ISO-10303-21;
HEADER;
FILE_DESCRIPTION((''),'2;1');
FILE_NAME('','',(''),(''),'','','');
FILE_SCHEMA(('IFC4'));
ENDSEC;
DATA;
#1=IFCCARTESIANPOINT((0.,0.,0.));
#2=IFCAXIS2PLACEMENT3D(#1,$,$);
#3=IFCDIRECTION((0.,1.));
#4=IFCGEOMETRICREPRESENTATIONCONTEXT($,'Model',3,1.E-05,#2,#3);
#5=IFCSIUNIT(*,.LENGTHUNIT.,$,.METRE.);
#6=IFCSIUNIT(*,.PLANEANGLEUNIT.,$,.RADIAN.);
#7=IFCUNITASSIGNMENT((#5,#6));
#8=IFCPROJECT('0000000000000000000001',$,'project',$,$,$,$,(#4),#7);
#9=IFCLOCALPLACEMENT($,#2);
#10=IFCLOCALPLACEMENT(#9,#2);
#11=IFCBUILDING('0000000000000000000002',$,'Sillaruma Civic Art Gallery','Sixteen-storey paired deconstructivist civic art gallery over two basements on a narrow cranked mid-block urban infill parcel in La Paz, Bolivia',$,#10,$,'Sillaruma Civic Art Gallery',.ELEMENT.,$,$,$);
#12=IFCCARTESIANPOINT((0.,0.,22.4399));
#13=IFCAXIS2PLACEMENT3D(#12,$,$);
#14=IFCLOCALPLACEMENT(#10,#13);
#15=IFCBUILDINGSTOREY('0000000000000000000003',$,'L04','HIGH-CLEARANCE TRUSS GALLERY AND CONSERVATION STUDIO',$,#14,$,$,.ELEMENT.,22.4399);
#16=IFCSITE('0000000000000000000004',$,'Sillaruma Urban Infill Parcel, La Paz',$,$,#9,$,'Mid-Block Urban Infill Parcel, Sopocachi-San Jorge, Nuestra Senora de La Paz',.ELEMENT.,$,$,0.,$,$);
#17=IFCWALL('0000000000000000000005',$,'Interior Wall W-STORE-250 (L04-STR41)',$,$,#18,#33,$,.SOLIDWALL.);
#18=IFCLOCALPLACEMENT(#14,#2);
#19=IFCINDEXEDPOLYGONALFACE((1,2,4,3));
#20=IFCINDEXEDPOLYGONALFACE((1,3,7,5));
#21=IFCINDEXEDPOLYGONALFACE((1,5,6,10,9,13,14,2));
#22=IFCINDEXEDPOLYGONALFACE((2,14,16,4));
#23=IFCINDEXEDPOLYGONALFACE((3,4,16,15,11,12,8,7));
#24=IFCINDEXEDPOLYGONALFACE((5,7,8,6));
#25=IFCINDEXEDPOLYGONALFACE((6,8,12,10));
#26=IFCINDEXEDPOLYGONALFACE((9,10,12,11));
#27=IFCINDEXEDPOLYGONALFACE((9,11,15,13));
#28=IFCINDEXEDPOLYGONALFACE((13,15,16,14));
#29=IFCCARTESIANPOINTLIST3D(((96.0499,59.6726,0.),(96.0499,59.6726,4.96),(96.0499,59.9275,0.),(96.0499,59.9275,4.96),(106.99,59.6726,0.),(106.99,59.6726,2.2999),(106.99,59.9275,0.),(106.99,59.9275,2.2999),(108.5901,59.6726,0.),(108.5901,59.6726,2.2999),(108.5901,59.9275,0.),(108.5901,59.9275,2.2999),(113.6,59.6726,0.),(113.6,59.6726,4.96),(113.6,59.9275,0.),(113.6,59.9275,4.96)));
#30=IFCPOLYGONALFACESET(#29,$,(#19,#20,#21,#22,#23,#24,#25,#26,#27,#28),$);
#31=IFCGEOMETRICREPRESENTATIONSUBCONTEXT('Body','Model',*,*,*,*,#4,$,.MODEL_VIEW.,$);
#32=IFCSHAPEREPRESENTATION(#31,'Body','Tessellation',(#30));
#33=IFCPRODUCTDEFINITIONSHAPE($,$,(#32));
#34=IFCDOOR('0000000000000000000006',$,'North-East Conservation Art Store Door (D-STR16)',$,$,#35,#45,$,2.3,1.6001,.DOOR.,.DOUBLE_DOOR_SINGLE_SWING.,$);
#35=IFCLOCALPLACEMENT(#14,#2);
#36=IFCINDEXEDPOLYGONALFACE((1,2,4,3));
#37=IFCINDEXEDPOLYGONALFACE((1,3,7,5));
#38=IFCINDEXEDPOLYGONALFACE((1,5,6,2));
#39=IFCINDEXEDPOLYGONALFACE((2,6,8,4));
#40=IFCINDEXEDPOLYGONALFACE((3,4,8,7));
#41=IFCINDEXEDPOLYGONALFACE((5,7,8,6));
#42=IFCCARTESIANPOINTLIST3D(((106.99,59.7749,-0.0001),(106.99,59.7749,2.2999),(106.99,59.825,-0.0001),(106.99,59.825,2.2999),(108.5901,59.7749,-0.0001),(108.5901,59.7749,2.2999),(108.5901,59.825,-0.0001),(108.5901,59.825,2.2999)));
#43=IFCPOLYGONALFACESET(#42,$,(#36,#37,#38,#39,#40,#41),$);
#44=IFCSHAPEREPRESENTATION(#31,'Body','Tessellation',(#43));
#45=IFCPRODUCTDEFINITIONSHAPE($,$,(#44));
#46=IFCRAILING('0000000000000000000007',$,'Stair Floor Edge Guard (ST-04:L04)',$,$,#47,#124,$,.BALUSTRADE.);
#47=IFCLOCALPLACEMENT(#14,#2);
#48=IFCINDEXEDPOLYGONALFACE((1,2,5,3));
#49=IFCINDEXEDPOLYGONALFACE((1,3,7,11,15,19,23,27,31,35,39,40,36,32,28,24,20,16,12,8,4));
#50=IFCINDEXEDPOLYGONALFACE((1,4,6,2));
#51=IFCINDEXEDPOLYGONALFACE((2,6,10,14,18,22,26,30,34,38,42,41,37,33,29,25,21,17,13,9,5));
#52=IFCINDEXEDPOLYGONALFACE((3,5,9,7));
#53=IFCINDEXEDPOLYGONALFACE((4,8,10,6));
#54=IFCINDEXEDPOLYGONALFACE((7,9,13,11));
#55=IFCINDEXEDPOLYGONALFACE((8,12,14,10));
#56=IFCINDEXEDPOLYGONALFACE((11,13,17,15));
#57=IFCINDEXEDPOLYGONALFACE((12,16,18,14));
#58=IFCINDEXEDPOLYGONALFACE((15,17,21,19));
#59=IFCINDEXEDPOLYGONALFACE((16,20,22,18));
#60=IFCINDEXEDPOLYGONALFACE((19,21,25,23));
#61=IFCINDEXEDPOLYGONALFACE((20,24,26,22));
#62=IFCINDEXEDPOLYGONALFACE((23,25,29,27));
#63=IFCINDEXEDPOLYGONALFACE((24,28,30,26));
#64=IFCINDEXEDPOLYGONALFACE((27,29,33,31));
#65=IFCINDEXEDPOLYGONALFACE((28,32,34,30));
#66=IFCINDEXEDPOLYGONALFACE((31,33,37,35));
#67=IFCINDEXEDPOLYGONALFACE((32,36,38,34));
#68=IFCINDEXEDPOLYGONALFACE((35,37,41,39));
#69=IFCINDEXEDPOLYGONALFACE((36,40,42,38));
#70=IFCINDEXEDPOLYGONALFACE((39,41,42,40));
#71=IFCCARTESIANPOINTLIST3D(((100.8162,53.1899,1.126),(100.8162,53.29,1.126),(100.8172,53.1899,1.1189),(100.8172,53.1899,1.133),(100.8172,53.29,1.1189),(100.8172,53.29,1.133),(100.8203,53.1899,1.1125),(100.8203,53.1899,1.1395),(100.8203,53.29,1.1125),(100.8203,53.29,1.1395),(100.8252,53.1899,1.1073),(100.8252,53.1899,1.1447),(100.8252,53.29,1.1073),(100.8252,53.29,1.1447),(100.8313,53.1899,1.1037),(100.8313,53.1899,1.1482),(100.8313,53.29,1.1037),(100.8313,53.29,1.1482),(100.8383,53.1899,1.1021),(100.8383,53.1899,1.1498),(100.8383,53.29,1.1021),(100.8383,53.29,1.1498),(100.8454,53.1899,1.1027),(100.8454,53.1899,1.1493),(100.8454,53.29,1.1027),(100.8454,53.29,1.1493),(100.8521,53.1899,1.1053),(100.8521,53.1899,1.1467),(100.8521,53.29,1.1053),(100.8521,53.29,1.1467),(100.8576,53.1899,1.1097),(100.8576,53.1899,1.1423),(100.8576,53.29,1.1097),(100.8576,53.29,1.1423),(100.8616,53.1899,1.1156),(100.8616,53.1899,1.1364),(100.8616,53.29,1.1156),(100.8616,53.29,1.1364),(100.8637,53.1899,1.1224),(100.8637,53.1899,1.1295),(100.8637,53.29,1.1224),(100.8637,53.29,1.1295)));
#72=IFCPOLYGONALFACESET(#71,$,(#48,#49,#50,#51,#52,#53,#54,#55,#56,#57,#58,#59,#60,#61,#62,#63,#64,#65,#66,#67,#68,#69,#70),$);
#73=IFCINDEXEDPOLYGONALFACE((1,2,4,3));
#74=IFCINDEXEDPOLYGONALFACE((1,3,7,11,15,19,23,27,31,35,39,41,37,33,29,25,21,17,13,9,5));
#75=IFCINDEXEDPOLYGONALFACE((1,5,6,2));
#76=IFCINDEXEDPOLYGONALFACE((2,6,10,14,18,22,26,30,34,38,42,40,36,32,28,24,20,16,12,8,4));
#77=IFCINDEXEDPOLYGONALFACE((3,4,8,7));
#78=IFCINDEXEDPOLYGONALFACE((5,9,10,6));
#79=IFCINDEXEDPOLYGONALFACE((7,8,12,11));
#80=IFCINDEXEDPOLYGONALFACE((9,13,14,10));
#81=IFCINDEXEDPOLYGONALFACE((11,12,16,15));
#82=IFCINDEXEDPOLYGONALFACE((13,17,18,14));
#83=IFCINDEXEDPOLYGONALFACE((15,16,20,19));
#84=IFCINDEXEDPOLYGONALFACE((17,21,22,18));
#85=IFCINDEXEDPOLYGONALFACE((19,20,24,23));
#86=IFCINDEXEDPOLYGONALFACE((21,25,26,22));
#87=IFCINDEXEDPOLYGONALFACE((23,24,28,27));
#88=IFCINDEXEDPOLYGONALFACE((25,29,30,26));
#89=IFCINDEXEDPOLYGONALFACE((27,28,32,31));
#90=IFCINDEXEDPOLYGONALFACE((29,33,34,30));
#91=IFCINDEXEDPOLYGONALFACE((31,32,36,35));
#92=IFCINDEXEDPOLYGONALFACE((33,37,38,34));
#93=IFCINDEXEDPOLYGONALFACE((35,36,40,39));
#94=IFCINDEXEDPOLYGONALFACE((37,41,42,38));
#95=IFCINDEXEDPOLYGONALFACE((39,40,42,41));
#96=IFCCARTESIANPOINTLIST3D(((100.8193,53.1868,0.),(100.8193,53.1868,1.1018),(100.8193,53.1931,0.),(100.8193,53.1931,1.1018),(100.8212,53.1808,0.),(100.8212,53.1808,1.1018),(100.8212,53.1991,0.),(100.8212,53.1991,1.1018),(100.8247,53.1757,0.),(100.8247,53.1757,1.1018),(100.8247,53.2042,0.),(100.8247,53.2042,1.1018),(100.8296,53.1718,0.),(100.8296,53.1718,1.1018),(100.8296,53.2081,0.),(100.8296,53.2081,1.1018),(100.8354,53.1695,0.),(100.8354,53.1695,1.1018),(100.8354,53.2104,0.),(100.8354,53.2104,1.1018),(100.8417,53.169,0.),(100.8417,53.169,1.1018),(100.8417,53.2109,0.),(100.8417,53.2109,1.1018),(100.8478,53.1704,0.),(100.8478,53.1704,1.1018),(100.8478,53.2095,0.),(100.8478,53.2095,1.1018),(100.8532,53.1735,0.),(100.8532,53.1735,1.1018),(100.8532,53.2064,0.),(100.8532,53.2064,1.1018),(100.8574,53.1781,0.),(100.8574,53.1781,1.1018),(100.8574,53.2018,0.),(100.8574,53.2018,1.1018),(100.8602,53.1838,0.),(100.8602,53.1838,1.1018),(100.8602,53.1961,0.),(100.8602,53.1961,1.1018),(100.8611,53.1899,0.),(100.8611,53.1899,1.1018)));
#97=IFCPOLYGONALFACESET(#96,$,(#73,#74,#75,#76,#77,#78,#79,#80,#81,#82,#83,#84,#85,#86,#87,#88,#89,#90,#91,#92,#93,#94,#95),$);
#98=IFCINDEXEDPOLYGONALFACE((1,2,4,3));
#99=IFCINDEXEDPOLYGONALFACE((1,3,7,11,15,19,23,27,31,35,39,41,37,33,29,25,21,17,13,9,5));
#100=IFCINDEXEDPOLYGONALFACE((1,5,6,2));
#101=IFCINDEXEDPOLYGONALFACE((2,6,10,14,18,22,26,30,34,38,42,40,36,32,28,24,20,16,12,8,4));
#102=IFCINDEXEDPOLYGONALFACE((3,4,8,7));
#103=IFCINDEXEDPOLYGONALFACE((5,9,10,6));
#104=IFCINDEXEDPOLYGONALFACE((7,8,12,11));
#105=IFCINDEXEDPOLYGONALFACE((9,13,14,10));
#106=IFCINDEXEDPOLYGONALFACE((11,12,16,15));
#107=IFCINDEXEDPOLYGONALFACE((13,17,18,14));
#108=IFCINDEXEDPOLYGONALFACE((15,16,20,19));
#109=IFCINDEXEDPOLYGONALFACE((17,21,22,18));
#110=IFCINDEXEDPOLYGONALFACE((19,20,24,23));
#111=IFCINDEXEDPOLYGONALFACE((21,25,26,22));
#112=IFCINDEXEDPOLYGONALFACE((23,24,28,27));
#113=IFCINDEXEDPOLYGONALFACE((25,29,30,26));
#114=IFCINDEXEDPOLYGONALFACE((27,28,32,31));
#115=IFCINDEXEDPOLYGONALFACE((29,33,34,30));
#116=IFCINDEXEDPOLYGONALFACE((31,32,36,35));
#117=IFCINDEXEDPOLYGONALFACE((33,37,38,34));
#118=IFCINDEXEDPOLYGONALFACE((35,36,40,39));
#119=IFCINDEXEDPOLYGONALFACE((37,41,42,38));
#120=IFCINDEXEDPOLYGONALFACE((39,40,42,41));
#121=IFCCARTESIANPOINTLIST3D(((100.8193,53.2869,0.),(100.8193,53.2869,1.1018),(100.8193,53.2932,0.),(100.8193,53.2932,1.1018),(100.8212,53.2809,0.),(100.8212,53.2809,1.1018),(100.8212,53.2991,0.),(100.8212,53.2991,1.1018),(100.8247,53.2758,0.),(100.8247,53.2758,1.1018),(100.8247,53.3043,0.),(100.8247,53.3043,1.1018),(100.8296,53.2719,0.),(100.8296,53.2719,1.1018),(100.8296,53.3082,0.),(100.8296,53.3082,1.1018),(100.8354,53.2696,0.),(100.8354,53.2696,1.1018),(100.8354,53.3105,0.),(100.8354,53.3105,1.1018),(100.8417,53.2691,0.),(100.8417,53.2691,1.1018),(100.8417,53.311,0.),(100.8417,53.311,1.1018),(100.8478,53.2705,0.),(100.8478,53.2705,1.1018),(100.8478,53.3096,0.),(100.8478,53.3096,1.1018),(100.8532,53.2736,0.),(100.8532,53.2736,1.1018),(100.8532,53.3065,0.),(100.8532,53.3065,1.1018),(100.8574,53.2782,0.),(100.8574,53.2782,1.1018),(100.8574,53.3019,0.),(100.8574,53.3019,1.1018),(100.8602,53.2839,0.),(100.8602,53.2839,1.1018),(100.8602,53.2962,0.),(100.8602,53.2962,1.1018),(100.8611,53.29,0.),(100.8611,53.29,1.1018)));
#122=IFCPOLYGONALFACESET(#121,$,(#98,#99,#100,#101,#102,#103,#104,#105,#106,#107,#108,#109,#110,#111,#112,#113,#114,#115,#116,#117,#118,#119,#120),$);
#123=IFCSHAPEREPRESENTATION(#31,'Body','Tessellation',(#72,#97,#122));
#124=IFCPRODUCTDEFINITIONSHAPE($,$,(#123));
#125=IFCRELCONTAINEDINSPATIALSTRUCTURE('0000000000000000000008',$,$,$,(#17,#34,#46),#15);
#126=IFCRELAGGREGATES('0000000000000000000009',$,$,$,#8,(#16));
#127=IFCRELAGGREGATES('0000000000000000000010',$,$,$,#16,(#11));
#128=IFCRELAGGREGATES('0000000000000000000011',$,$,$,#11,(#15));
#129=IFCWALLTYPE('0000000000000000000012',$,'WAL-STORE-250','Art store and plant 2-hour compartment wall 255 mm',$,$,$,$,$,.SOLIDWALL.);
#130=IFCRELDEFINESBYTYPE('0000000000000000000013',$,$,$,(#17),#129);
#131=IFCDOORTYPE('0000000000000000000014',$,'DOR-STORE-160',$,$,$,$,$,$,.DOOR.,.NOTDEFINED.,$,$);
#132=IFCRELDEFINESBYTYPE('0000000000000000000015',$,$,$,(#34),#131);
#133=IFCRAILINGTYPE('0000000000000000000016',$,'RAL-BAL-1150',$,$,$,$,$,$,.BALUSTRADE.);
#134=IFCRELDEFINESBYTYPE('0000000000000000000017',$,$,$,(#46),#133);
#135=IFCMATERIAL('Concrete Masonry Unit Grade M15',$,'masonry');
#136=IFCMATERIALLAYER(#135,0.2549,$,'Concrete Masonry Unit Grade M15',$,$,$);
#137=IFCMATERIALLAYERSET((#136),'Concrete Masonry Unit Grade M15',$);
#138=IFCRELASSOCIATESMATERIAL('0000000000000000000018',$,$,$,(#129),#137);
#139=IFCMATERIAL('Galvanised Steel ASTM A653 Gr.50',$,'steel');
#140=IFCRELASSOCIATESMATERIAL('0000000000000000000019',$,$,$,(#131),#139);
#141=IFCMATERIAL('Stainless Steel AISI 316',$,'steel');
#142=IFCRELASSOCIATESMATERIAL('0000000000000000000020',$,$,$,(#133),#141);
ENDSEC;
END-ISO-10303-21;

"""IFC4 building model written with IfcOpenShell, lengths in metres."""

from ifc_helpers import new_model, si_unit, direction, frame, frame_2d, origin, origin_2d, place, context, subcontext, project, spatial, rectangle, circle, extrude, material, layer, layer_set, type_object, element, fill, save


model = new_model("IFC4")

# Units and contexts
model_context = context("Model", 3, precision=1e-05, world=origin(), true_north=direction((0.0, 1.0)))
body_context = subcontext(model_context, "Body", "Model", "MODEL_VIEW")
ifc_project = project(units=[si_unit("LENGTHUNIT", "METRE"), si_unit("PLANEANGLEUNIT", "RADIAN")], contexts=[model_context])

# Site, building, storey
site_placement = place(None, origin())
site = spatial("IfcSite", under=ifc_project, at=site_placement, Name="Sillaruma Urban Infill Parcel, La Paz", LongName="Mid-Block Urban Infill Parcel, Sopocachi-San Jorge, Nuestra Senora de La Paz", CompositionType="ELEMENT", RefElevation=0.0)
building_placement = place(site_placement, origin())
building = spatial("IfcBuilding", under=site, at=building_placement, Name="Sillaruma Civic Art Gallery", Description="Sixteen-storey paired deconstructivist civic art gallery over two basements on a narrow cranked mid-block urban infill parcel in La Paz, Bolivia", LongName="Sillaruma Civic Art Gallery", CompositionType="ELEMENT")
storey_placement = place(building_placement, frame((0.0, 0.0, 22.4399)))
storey = spatial("IfcBuildingStorey", under=building, at=storey_placement, Name="L04", Description="HIGH-CLEARANCE TRUSS GALLERY AND CONSERVATION STUDIO", CompositionType="ELEMENT", Elevation=22.4399)

# Wall, opening, door
ifc_material_1 = material(Name="Concrete Masonry Unit Grade M15", Category="masonry")
ifc_layer_1 = layer(ifc_material_1, 0.2549, Name="Concrete Masonry Unit Grade M15")
ifc_layer_set_1 = layer_set([ifc_layer_1], Name="Concrete Masonry Unit Grade M15")
wall_type_1 = type_object("IfcWallType", Name="WAL-STORE-250", Description="Art store and plant 2-hour compartment wall 255 mm", PredefinedType="SOLIDWALL", material=ifc_layer_set_1)
ifc_material_2 = material(Name="Galvanised Steel ASTM A653 Gr.50", Category="steel")
door_type = type_object("IfcDoorType", Name="DOR-STORE-160", OperationType="NOTDEFINED", PredefinedType="DOOR", material=ifc_material_2)
wall_1_placement = place(storey_placement, frame((96.05, 59.8, 0.0), z_axis=(0.0, 0.0, 1.0), x_axis=(1.0, 0.0, 0.0)))
wall_1 = element("IfcWall", 1, at=wall_1_placement, inside=storey, type_object=wall_type_1, Name="Interior Wall W-STORE-250 (L04-STR41)", PredefinedType="SOLIDWALL", context=body_context, shape_type="SweptSolid", body=[
    extrude(rectangle(XDim=17.55, YDim=0.2549, at=frame_2d((8.7749, 0.0))), origin(), (0.0, 0.0, 1.0), 4.96),
])
opening_1_placement = place(wall_1_placement, frame((10.9399, 0.0, 0.0)))
opening_1 = element("IfcOpeningElement", 2, at=opening_1_placement, cuts=wall_1, PredefinedType="OPENING", context=body_context, shape_type="SweptSolid", body=[
    extrude(rectangle(XDim=1.6001, YDim=2.3, at=frame_2d((0.8, 1.1499))), frame((0.0, 0.1375, 0.0), z_axis=(0.0, -1.0, 0.0), x_axis=(1.0, 0.0, 0.0)), (0.0, 0.0, 1.0), 0.2749),
])
door_1_placement = place(opening_1_placement, origin())
door_1 = element("IfcDoor", 3, at=door_1_placement, inside=storey, type_object=door_type, Name="North-East Conservation Art Store Door (D-STR16)", OperationType="DOUBLE_DOOR_SINGLE_SWING", OverallHeight=2.3, OverallWidth=1.6001, PredefinedType="DOOR", context=body_context, shape_type="SweptSolid", body=[
    extrude(rectangle(XDim=1.6001, YDim=2.3, at=frame_2d((0.8, 1.1499))), frame((0.0, 0.0249, 0.0), z_axis=(0.0, -1.0, 0.0), x_axis=(1.0, 0.0, 0.0)), (0.0, 0.0, 1.0), 0.05),
])
fill(opening_1, door_1)

# Railing
ifc_material_3 = material(Name="Stainless Steel AISI 316", Category="steel")
railing_type_1 = type_object("IfcRailingType", Name="RAL-BAL-1150", PredefinedType="BALUSTRADE", material=ifc_material_3)
railing_1_placement = place(storey_placement, frame((100.8401, 53.1899, 0.0)))
element("IfcRailing", 4, at=railing_1_placement, inside=storey, type_object=railing_type_1, Name="Stair Floor Edge Guard (ST-04:L04)", PredefinedType="BALUSTRADE", context=body_context, shape_type="SweptSolid", body=[
    extrude(circle(Radius=0.0239, at=origin_2d()), frame((0.0, 0.0, 1.126), z_axis=(0.0, 1.0, 0.0), x_axis=(-1.0, 0.0, 0.0)), (0.0, 0.0, 1.0), 0.1001),
    extrude(circle(Radius=0.021, at=origin_2d()), origin(), (0.0, 0.0, 1.0), 1.1018),
    extrude(circle(Radius=0.021, at=origin_2d()), frame((0.0, 0.1001, 0.0)), (0.0, 0.0, 1.0), 1.1018),
])

save(model, "model.ifc")
